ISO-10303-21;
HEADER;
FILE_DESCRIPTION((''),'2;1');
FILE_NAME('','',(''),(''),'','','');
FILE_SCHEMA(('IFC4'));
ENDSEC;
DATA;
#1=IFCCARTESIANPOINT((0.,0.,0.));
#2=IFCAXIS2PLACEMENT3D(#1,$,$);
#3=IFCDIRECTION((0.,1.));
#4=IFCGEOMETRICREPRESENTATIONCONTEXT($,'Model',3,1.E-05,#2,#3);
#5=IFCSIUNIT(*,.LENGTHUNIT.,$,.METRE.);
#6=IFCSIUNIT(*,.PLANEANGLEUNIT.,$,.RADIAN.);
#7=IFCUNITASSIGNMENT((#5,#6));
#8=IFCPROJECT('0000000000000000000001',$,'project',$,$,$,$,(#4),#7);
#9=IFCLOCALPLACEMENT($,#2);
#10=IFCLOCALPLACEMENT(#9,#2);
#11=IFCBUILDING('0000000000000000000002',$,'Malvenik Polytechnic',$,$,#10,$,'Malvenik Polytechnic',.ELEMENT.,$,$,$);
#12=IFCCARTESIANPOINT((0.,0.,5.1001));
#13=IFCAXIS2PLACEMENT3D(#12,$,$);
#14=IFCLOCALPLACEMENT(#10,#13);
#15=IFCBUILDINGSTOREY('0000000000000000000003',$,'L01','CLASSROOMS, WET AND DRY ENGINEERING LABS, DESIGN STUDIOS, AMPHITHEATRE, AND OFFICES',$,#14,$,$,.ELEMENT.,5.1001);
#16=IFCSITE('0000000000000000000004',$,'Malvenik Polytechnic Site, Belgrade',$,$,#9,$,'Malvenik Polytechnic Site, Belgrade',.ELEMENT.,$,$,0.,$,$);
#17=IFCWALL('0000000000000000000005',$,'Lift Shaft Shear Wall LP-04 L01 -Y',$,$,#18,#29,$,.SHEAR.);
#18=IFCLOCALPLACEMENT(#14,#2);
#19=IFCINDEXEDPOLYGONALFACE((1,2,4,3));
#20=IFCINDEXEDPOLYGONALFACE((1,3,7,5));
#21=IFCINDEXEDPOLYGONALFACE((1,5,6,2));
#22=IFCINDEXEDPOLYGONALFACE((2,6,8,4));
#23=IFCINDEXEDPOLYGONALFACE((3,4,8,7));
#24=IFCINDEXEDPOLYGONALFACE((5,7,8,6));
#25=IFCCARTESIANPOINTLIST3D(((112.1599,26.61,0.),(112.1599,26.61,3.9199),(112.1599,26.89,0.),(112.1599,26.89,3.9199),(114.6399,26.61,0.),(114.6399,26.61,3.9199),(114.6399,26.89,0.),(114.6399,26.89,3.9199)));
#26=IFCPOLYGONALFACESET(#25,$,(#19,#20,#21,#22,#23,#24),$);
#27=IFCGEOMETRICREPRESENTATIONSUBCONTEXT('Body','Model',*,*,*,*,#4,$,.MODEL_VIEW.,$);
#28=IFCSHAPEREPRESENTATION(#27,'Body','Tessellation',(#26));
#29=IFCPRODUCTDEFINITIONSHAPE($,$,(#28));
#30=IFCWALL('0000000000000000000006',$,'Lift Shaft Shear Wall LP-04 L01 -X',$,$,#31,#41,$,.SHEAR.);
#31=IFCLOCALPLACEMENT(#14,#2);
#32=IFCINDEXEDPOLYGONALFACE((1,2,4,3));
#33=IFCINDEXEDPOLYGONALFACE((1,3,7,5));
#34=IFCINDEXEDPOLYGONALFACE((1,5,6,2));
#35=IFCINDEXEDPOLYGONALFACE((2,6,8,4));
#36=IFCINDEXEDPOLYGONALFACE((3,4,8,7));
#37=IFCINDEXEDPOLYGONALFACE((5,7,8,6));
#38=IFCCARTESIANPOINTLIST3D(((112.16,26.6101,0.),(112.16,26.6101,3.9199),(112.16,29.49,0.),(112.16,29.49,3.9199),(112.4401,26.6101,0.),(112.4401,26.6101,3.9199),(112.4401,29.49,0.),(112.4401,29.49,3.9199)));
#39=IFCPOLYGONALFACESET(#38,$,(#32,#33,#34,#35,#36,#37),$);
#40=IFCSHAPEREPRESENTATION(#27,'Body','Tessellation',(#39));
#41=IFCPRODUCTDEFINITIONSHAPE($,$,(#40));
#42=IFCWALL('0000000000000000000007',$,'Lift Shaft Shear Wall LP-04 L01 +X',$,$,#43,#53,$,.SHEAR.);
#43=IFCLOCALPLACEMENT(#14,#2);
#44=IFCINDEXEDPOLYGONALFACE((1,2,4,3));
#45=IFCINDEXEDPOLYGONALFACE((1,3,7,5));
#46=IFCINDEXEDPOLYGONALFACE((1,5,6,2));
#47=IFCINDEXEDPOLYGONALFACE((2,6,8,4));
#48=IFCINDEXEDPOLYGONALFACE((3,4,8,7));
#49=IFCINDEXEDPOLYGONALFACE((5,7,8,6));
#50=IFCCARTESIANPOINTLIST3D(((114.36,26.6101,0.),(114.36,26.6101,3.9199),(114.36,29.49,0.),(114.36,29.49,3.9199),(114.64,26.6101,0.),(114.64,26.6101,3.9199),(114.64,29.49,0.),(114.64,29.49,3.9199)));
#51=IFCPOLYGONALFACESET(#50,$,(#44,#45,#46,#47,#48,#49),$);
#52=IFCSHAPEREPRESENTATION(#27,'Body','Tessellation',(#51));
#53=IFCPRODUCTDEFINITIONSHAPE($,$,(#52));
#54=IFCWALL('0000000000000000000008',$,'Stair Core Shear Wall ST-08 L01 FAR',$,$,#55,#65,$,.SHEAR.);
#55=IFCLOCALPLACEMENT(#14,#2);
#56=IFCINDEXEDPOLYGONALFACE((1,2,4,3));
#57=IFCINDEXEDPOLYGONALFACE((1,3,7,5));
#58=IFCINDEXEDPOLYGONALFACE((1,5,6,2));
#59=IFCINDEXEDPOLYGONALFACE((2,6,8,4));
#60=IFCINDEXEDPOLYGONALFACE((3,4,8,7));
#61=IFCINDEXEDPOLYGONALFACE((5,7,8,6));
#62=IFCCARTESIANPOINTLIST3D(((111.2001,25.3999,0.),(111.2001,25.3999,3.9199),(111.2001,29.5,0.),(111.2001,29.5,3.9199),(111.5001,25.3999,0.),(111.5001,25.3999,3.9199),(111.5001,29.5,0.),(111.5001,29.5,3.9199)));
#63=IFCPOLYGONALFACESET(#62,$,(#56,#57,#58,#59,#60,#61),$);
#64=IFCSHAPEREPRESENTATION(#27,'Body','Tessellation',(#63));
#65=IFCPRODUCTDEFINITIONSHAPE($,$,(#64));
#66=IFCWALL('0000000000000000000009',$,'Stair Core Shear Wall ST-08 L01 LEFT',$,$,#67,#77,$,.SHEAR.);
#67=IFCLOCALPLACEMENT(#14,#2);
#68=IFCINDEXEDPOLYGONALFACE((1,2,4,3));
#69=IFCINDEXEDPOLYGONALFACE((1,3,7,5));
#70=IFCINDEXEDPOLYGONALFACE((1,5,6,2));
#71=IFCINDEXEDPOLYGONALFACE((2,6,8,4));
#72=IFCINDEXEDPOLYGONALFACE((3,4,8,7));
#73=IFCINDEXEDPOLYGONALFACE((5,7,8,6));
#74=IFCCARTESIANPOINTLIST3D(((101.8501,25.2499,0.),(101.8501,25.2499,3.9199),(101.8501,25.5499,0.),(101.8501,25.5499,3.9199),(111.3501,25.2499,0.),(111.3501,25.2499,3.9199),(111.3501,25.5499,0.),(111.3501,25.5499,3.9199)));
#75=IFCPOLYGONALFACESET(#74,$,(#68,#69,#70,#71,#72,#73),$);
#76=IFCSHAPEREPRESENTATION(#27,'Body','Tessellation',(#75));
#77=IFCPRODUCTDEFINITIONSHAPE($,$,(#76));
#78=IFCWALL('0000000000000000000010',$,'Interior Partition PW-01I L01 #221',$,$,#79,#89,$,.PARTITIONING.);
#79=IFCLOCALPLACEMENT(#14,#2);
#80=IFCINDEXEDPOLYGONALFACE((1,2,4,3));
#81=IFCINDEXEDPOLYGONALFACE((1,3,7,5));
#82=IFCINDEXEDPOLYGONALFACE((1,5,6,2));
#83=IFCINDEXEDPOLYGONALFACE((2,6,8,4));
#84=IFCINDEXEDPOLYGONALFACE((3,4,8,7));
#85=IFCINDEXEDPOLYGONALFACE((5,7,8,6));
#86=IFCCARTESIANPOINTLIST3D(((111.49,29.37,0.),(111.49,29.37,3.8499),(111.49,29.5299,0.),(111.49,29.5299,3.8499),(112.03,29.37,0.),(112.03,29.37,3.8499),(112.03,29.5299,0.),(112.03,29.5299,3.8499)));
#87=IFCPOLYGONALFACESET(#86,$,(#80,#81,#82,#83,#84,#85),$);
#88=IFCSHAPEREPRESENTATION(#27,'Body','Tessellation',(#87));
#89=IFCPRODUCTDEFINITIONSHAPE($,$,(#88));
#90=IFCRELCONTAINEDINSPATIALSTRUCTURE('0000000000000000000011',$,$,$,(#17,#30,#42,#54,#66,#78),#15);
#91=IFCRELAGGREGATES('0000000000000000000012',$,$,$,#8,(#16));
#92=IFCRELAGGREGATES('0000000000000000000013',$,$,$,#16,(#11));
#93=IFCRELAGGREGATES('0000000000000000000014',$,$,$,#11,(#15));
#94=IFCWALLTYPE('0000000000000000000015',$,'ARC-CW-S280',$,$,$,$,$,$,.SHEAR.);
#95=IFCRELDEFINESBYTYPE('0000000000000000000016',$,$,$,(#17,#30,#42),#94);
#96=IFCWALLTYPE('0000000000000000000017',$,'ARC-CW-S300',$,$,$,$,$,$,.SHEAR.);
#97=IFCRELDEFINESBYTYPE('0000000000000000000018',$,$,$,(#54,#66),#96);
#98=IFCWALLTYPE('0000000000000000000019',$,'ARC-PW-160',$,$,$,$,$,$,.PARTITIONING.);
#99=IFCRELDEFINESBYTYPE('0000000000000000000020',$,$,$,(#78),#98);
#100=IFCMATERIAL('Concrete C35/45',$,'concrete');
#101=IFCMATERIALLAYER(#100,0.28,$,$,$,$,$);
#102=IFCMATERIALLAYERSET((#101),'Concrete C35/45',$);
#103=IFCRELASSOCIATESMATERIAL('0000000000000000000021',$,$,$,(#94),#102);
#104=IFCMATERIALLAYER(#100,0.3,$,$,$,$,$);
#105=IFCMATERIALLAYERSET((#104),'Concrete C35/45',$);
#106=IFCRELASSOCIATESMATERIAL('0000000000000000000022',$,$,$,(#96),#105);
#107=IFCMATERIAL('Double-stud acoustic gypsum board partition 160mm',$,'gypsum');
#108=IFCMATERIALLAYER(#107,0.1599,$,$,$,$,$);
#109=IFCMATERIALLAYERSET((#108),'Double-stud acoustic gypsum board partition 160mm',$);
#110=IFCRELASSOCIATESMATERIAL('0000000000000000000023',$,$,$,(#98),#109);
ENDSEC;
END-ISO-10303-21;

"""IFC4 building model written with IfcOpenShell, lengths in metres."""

from ifc_helpers import new_model, si_unit, direction, frame, frame_2d, origin, place, context, subcontext, project, spatial, rectangle, extrude, material, layer, layer_set, type_object, element, save


model = new_model("IFC4")

# Units and contexts
model_context = context("Model", 3, precision=1e-05, world=origin(), true_north=direction((0.0, 1.0)))
body_context = subcontext(model_context, "Body", "Model", "MODEL_VIEW")
ifc_project = project(units=[si_unit("LENGTHUNIT", "METRE"), si_unit("PLANEANGLEUNIT", "RADIAN")], contexts=[model_context])

# Site, building, storey
site_placement = place(None, origin())
site = spatial("IfcSite", under=ifc_project, at=site_placement, Name="Malvenik Polytechnic Site, Belgrade", LongName="Malvenik Polytechnic Site, Belgrade", CompositionType="ELEMENT", RefElevation=0.0)
building_placement = place(site_placement, origin())
building = spatial("IfcBuilding", under=site, at=building_placement, Name="Malvenik Polytechnic", LongName="Malvenik Polytechnic", CompositionType="ELEMENT")
storey_placement = place(building_placement, frame((0.0, 0.0, 5.1001)))
storey = spatial("IfcBuildingStorey", under=building, at=storey_placement, Name="L01", Description="CLASSROOMS, WET AND DRY ENGINEERING LABS, DESIGN STUDIOS, AMPHITHEATRE, AND OFFICES", CompositionType="ELEMENT", Elevation=5.1001)

# Wall
ifc_material_1 = material(Name="Concrete C35/45", Category="concrete")
ifc_layer_1 = layer(ifc_material_1, 0.28)
ifc_layer_set_1 = layer_set([ifc_layer_1], Name="Concrete C35/45")
wall_type_1 = type_object("IfcWallType", Name="ARC-CW-S280", PredefinedType="SHEAR", material=ifc_layer_set_1)
wall_1_placement = place(storey_placement, frame((114.6399, 26.75, 0.0), z_axis=(0.0, 0.0, 1.0), x_axis=(-1.0, 0.0, 0.0)))
element("IfcWall", 1, at=wall_1_placement, inside=storey, type_object=wall_type_1, Name="Lift Shaft Shear Wall LP-04 L01 -Y", PredefinedType="SHEAR", context=body_context, shape_type="SweptSolid", body=[
    extrude(rectangle(XDim=2.48, YDim=0.28, at=frame_2d((1.24, 0.0))), origin(), (0.0, 0.0, 1.0), 3.9199),
])

# Walls
for number, where, z_axis, x_axis, name in (
    (2, (112.3, 26.6101, 0.0), (0.0, 0.0, 1.0), (0.0, 1.0, 0.0), "Lift Shaft Shear Wall LP-04 L01 -X"),
    (3, (114.5, 29.49, 0.0), (0.0, 0.0, 1.0), (0.0, -1.0, 0.0), "Lift Shaft Shear Wall LP-04 L01 +X"),
):
    element("IfcWall", number, at=place(storey_placement, frame(where, z_axis=z_axis, x_axis=x_axis)), inside=storey, type_object=wall_type_1, Name=name, PredefinedType="SHEAR", context=body_context, shape_type="SweptSolid", body=[
        extrude(rectangle(XDim=2.8799, YDim=0.28, at=frame_2d((1.4399, 0.0))), origin(), (0.0, 0.0, 1.0), 3.9199),
    ])
ifc_layer_2 = layer(ifc_material_1, 0.3)
ifc_layer_set_2 = layer_set([ifc_layer_2], Name="Concrete C35/45")
wall_type_2 = type_object("IfcWallType", Name="ARC-CW-S300", PredefinedType="SHEAR", material=ifc_layer_set_2)
wall_2_placement = place(storey_placement, frame((111.3501, 29.5, 0.0), z_axis=(0.0, 0.0, 1.0), x_axis=(0.0, -1.0, 0.0)))
element("IfcWall", 4, at=wall_2_placement, inside=storey, type_object=wall_type_2, Name="Stair Core Shear Wall ST-08 L01 FAR", PredefinedType="SHEAR", context=body_context, shape_type="SweptSolid", body=[
    extrude(rectangle(XDim=4.1001, YDim=0.3, at=frame_2d((2.05, 0.0))), origin(), (0.0, 0.0, 1.0), 3.9199),
])
wall_3_placement = place(storey_placement, frame((111.3501, 25.3999, 0.0), z_axis=(0.0, 0.0, 1.0), x_axis=(-1.0, 0.0, 0.0)))
element("IfcWall", 5, at=wall_3_placement, inside=storey, type_object=wall_type_2, Name="Stair Core Shear Wall ST-08 L01 LEFT", PredefinedType="SHEAR", context=body_context, shape_type="SweptSolid", body=[
    extrude(rectangle(XDim=9.5, YDim=0.3, at=frame_2d((4.75, 0.0))), origin(), (0.0, 0.0, 1.0), 3.9199),
])
ifc_material_2 = material(Name="Double-stud acoustic gypsum board partition 160mm", Category="gypsum")
ifc_layer_3 = layer(ifc_material_2, 0.1599)
ifc_layer_set_3 = layer_set([ifc_layer_3], Name="Double-stud acoustic gypsum board partition 160mm")
wall_type_3 = type_object("IfcWallType", Name="ARC-PW-160", PredefinedType="PARTITIONING", material=ifc_layer_set_3)
wall_4_placement = place(storey_placement, frame((112.03, 29.45, 0.0), z_axis=(0.0, 0.0, 1.0), x_axis=(-1.0, 0.0, 0.0)))
element("IfcWall", 6, at=wall_4_placement, inside=storey, type_object=wall_type_3, Name="Interior Partition PW-01I L01 #221", PredefinedType="PARTITIONING", context=body_context, shape_type="SweptSolid", body=[
    extrude(rectangle(XDim=0.54, YDim=0.1599, at=frame_2d((0.27, 0.0))), origin(), (0.0, 0.0, 1.0), 3.8499),
])

save(model, "model.ifc")
